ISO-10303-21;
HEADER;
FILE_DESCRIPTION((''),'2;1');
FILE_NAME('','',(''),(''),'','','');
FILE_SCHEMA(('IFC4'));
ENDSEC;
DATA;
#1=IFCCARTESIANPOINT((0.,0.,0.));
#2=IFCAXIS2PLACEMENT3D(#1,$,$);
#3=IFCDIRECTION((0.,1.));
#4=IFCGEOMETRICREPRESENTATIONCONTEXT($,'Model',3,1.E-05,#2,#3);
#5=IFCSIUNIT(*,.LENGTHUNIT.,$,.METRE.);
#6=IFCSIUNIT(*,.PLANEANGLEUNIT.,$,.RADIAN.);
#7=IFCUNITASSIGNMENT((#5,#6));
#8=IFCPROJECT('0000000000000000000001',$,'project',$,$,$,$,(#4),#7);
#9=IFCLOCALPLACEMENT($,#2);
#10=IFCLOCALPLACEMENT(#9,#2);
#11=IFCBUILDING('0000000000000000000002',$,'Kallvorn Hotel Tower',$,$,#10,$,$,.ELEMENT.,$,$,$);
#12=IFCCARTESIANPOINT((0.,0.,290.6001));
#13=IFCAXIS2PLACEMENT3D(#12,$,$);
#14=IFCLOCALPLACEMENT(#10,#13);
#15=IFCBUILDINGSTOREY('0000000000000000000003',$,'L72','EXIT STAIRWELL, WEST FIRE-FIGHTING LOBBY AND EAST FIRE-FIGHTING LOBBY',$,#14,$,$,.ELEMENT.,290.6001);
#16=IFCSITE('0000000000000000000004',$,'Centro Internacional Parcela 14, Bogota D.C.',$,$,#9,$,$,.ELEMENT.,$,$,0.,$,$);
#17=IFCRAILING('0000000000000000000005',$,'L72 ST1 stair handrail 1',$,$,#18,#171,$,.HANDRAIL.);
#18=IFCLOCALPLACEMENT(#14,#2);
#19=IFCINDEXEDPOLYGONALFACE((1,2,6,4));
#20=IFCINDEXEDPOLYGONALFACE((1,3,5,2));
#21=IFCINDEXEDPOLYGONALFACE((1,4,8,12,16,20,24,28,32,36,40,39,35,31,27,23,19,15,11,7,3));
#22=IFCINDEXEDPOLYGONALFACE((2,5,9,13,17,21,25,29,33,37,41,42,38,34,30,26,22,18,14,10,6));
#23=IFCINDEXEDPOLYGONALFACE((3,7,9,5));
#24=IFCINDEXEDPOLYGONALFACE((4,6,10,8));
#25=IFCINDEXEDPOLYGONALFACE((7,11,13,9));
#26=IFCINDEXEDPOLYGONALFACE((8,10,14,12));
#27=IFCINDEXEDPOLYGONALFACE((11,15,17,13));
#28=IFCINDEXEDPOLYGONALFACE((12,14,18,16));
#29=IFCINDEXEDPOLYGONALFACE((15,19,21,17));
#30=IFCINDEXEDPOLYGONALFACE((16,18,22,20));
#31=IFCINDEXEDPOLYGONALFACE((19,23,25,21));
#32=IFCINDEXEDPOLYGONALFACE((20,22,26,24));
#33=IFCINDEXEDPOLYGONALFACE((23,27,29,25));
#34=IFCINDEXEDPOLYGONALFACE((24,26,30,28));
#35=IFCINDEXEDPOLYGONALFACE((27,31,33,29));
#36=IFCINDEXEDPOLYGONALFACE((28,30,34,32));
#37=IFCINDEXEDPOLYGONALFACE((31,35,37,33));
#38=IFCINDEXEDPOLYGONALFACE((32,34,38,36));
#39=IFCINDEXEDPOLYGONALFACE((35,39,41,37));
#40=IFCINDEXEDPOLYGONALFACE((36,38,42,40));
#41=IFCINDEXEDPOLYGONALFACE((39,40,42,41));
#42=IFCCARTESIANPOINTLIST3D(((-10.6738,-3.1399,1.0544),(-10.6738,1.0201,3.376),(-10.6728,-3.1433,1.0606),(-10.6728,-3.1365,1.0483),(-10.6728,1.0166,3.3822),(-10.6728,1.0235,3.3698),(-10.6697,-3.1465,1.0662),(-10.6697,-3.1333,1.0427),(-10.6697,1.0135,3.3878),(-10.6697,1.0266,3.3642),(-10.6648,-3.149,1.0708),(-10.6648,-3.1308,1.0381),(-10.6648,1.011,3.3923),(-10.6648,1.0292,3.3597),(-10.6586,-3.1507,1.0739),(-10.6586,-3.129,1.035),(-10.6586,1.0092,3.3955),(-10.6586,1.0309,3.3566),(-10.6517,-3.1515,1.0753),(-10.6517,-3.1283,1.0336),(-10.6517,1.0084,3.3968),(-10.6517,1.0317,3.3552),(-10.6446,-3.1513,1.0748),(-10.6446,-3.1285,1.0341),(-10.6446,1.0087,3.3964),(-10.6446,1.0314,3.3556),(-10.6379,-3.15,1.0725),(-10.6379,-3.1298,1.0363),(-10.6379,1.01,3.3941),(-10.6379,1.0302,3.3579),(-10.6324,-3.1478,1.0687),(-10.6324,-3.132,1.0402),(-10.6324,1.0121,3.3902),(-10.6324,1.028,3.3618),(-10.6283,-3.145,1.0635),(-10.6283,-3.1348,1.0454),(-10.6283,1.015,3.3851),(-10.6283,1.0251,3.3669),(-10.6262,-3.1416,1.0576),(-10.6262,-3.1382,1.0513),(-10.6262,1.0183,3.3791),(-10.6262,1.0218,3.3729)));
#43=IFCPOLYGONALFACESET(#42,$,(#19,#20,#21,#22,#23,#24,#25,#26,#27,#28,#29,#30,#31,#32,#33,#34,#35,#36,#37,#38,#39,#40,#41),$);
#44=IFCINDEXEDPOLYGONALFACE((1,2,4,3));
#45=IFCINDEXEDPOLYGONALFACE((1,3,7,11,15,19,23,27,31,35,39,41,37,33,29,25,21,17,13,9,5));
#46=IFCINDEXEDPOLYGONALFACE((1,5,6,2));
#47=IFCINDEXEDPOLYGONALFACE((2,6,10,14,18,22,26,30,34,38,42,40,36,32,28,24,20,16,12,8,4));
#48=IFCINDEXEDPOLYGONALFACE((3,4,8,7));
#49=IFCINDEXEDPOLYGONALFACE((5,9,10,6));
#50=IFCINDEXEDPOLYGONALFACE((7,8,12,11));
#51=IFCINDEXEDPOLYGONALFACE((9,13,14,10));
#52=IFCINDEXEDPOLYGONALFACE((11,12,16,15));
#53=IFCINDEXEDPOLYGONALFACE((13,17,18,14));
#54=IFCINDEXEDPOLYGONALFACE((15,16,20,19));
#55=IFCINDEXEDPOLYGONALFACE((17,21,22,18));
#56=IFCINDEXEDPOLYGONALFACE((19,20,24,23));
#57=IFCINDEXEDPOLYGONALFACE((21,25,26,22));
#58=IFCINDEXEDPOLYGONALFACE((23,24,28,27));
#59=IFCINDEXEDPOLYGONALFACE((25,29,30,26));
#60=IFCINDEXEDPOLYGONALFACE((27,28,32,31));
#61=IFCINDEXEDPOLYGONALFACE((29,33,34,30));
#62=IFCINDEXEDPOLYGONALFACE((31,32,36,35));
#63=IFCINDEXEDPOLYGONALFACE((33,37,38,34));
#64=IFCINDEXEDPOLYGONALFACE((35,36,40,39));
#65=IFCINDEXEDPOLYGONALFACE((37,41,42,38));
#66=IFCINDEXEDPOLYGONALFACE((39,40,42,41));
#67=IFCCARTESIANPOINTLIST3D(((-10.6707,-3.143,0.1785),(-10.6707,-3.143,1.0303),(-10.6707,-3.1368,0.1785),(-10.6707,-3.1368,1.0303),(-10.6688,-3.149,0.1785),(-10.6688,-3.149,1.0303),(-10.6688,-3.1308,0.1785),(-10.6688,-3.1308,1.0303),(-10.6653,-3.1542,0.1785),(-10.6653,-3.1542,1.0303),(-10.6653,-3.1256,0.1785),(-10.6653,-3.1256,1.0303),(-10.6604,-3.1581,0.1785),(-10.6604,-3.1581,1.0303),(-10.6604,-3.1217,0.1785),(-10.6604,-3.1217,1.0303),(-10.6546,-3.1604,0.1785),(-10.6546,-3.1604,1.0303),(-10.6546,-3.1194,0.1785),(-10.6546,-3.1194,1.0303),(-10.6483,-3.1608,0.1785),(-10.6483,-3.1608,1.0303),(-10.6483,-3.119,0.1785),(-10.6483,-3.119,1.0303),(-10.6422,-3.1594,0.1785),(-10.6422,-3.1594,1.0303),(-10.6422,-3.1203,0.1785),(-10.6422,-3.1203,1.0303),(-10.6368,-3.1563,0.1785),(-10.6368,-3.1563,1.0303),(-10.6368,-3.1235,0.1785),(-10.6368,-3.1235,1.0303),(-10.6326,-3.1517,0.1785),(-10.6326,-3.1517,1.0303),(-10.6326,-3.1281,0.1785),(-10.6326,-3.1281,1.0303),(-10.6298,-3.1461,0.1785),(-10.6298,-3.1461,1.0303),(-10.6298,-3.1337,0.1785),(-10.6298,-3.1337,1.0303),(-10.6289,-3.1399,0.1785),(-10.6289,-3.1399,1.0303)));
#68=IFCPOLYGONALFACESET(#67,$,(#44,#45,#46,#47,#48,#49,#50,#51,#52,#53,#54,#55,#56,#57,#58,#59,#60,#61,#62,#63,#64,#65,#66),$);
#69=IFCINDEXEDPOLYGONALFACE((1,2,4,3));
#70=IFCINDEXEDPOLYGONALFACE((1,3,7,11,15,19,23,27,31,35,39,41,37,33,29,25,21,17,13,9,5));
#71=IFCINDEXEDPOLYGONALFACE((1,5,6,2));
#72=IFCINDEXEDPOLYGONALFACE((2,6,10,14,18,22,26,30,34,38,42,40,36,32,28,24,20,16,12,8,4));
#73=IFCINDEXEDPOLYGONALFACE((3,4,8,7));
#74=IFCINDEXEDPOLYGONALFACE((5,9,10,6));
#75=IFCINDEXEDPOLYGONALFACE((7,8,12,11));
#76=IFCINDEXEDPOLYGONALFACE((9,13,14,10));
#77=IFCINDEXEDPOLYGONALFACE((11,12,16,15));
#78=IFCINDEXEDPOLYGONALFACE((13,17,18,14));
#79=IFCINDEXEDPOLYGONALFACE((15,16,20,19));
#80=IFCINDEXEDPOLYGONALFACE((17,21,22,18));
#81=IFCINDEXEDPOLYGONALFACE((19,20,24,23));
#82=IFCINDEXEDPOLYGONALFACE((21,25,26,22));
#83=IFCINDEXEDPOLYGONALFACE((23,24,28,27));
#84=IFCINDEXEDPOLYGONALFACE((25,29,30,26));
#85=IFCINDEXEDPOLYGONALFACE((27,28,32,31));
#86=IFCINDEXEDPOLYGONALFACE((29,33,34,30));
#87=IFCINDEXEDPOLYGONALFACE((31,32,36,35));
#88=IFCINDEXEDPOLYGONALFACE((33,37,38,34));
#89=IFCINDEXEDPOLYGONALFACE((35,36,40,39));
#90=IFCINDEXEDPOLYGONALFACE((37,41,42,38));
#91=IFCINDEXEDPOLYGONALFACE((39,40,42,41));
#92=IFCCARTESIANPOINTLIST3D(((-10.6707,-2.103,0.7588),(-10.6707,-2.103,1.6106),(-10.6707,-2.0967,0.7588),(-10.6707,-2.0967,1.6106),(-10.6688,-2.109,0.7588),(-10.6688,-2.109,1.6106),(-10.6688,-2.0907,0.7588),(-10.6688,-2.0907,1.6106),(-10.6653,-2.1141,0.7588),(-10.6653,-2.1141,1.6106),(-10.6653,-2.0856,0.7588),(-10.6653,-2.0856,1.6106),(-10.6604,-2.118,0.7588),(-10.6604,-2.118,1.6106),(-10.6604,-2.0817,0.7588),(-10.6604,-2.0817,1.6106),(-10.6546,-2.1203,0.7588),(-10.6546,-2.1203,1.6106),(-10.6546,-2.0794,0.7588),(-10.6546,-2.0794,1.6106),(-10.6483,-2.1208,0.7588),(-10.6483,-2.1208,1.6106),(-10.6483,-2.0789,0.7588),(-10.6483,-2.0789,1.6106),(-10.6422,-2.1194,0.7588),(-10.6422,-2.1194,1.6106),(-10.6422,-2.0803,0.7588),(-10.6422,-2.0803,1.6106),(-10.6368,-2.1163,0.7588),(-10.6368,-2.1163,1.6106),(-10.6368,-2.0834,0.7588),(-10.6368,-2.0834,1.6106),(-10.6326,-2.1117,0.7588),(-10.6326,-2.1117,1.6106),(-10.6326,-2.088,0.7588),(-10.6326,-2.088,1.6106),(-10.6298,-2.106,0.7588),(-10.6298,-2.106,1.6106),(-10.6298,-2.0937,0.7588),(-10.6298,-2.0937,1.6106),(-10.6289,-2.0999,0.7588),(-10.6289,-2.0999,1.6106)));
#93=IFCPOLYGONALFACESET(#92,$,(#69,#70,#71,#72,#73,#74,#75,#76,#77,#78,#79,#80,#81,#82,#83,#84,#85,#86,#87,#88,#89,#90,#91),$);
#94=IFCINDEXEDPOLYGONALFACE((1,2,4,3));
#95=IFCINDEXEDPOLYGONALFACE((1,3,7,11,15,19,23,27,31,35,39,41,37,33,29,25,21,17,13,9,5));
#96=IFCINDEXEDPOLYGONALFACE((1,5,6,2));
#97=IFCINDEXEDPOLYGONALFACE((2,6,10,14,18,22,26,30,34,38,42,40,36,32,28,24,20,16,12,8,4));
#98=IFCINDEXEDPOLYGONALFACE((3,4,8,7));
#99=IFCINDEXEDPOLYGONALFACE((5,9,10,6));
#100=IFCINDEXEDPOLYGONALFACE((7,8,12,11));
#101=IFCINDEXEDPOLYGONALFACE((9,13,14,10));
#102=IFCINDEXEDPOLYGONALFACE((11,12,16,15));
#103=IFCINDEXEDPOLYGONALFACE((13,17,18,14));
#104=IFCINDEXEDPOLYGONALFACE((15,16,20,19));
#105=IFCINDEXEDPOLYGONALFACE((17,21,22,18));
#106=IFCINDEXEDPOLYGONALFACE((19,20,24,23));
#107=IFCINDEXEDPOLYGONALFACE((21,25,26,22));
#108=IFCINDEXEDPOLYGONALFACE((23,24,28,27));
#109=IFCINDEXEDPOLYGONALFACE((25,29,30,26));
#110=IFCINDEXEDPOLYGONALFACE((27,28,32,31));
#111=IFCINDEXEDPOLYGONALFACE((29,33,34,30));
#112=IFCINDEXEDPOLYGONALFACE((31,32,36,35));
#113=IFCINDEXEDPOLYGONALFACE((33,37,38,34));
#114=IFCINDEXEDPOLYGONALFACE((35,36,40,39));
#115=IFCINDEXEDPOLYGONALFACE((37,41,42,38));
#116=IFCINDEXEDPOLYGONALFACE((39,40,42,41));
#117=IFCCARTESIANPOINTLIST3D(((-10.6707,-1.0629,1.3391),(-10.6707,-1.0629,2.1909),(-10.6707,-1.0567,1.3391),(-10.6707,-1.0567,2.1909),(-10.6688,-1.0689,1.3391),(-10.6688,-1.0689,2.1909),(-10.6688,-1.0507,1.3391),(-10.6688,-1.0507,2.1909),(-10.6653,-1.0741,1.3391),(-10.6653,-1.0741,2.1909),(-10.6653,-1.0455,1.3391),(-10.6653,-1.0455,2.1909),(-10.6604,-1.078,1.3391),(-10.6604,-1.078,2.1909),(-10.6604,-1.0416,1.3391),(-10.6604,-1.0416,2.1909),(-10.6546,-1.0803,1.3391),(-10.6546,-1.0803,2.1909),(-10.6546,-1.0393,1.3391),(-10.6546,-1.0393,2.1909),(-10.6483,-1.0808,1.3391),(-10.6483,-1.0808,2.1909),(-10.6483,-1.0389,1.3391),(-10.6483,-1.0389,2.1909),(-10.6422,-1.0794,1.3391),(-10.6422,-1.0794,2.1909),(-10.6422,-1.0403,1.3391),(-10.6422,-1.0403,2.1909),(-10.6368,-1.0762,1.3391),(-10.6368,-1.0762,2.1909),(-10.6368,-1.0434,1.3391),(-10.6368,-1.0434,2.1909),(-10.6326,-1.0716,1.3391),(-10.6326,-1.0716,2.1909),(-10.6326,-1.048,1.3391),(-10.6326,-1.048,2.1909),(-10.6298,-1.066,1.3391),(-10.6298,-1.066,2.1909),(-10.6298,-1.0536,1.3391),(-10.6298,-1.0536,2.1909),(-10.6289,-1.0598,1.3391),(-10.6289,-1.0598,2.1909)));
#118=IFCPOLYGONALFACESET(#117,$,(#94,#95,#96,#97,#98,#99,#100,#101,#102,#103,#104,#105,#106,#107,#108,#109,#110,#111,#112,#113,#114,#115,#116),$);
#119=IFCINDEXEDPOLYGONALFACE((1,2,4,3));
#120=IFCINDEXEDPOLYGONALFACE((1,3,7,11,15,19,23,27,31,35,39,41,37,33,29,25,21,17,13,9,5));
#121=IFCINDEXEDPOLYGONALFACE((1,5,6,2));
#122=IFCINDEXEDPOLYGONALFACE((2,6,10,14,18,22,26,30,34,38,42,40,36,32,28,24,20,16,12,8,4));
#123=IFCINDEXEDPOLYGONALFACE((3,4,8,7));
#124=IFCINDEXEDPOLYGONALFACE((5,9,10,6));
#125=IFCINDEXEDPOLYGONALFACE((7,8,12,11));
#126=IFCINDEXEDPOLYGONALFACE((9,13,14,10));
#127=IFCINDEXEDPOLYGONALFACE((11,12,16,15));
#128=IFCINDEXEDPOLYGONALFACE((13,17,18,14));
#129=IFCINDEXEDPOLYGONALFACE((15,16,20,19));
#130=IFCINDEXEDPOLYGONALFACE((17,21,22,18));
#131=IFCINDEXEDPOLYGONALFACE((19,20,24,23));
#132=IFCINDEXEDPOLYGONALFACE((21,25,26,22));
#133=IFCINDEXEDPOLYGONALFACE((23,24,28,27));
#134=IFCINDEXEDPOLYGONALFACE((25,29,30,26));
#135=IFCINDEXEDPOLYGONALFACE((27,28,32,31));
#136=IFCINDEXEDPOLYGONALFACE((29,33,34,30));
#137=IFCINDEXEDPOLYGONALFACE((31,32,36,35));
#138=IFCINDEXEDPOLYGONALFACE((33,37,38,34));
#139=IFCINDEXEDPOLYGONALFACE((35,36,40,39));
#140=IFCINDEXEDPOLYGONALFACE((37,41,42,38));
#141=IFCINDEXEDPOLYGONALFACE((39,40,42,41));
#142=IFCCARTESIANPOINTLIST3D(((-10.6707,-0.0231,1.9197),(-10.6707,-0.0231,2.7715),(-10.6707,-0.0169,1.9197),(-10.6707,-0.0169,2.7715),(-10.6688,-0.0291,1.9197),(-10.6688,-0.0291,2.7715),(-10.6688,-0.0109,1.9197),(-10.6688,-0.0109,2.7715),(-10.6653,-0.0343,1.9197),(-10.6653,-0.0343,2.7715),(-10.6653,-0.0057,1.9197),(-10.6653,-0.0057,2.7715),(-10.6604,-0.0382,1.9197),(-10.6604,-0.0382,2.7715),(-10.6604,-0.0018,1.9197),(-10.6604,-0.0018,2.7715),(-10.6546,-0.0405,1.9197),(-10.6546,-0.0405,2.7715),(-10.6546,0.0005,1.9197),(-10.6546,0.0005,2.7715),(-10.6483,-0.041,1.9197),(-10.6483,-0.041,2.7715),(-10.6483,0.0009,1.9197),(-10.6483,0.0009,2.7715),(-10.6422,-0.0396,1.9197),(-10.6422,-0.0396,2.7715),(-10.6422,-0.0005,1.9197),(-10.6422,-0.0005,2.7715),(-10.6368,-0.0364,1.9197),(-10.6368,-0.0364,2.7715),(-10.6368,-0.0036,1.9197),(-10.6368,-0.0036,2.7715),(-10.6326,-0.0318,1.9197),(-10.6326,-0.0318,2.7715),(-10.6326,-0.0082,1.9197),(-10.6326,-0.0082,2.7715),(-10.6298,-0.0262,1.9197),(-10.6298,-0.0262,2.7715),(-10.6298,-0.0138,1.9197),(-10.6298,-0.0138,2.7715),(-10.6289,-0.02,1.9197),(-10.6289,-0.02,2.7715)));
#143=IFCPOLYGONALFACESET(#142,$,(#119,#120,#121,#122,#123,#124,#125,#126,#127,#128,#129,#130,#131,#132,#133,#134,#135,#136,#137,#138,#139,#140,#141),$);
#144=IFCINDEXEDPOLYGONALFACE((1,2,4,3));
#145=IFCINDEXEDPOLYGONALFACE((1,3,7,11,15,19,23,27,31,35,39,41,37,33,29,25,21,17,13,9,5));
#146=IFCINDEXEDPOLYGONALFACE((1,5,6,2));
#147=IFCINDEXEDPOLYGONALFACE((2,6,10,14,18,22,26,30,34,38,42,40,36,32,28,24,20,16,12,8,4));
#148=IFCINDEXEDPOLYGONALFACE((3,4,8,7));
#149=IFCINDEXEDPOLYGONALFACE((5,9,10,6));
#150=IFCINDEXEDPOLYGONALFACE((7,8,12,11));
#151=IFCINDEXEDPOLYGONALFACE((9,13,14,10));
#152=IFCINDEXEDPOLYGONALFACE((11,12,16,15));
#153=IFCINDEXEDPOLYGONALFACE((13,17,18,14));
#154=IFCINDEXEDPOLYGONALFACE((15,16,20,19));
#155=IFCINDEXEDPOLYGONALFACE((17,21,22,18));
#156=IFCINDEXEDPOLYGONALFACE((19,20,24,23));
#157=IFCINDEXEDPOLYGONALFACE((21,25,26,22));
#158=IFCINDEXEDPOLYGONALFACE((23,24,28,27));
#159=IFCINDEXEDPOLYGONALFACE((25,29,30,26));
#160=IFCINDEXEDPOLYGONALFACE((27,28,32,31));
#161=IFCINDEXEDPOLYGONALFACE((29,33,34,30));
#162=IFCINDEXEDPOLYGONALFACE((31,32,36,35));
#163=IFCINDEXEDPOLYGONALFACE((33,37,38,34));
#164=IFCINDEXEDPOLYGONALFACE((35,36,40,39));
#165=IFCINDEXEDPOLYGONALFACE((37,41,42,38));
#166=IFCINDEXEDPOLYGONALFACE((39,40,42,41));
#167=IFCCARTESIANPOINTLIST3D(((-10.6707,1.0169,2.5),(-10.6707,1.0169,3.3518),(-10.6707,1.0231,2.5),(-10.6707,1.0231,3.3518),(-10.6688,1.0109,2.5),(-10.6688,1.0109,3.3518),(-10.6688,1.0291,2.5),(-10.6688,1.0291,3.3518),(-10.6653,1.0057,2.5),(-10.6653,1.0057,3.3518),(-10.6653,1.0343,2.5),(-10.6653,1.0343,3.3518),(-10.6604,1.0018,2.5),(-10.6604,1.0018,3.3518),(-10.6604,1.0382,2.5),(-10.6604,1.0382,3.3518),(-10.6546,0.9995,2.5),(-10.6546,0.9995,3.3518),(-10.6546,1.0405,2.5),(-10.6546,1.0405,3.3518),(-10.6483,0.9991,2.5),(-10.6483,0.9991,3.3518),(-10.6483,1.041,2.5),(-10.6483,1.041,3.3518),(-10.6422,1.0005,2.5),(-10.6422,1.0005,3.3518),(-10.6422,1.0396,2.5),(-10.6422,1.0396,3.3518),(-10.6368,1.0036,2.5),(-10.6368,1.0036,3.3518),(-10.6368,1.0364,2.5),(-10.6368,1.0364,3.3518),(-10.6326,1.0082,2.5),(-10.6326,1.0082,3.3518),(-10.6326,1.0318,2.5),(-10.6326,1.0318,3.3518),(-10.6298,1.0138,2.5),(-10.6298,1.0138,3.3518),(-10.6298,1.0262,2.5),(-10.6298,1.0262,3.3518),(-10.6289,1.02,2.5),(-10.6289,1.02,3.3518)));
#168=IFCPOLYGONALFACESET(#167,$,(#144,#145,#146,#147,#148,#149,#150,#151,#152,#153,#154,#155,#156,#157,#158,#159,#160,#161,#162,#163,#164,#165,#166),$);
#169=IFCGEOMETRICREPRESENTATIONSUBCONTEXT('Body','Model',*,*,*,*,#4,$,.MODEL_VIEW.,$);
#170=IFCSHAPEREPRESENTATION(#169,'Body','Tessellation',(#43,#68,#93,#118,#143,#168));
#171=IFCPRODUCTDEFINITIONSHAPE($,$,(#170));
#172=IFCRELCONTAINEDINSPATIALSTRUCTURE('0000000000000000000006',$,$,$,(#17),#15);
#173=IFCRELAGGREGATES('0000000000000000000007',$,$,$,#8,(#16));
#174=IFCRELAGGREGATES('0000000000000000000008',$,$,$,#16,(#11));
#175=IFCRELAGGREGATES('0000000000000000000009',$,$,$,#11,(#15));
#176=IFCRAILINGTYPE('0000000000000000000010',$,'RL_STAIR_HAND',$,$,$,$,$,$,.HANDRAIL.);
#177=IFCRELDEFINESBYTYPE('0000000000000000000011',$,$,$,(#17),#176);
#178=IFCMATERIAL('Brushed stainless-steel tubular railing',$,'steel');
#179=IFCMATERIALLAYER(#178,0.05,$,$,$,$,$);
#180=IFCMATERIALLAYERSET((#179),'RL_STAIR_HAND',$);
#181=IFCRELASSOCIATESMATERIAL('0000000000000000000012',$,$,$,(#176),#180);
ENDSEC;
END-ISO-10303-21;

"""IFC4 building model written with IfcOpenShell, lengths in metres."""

from ifc_helpers import new_model, si_unit, direction, frame, origin, origin_2d, place, context, subcontext, project, spatial, circle, extrude, material, layer, layer_set, type_object, element, save


model = new_model("IFC4")

# Units and contexts
model_context = context("Model", 3, precision=1e-05, world=origin(), true_north=direction((0.0, 1.0)))
body_context = subcontext(model_context, "Body", "Model", "MODEL_VIEW")
ifc_project = project(units=[si_unit("LENGTHUNIT", "METRE"), si_unit("PLANEANGLEUNIT", "RADIAN")], contexts=[model_context])

# Site, building, storey
site_placement = place(None, origin())
site = spatial("IfcSite", under=ifc_project, at=site_placement, Name="Centro Internacional Parcela 14, Bogota D.C.", CompositionType="ELEMENT", RefElevation=0.0)
building_placement = place(site_placement, origin())
building = spatial("IfcBuilding", under=site, at=building_placement, Name="Kallvorn Hotel Tower", CompositionType="ELEMENT")
storey_placement = place(building_placement, frame((0.0, 0.0, 290.6001)))
storey = spatial("IfcBuildingStorey", under=building, at=storey_placement, Name="L72", Description="EXIT STAIRWELL, WEST FIRE-FIGHTING LOBBY AND EAST FIRE-FIGHTING LOBBY", CompositionType="ELEMENT", Elevation=290.6001)

# Railing
ifc_material_1 = material(Name="Brushed stainless-steel tubular railing", Category="steel")
ifc_layer_1 = layer(ifc_material_1, 0.05)
ifc_layer_set_1 = layer_set([ifc_layer_1], Name="RL_STAIR_HAND")
railing_type_1 = type_object("IfcRailingType", Name="RL_STAIR_HAND", PredefinedType="HANDRAIL", material=ifc_layer_set_1)
railing_1_placement = place(storey_placement, frame((-10.6499, -3.1399, 0.1785)))
element("IfcRailing", 1, at=railing_1_placement, inside=storey, type_object=railing_type_1, Name="L72 ST1 stair handrail 1", PredefinedType="HANDRAIL", context=body_context, shape_type="SweptSolid", body=[
    extrude(circle(Radius=0.0239, at=origin_2d()), frame((0.0, 0.0, 0.876), z_axis=(0.0, 0.873223, 0.487322), x_axis=(-1.0, 0.0, 0.0)), (0.0, 0.0, 1.0), 4.7639),
    extrude(circle(Radius=0.021, at=origin_2d()), origin(), (0.0, 0.0, 1.0), 0.8518),
    extrude(circle(Radius=0.021, at=origin_2d()), frame((0.0, 1.04, 0.5803)), (0.0, 0.0, 1.0), 0.8518),
    extrude(circle(Radius=0.021, at=origin_2d()), frame((0.0, 2.0801, 1.1606)), (0.0, 0.0, 1.0), 0.8518),
    extrude(circle(Radius=0.021, at=origin_2d()), frame((0.0, 3.1199, 1.7412)), (0.0, 0.0, 1.0), 0.8518),
    extrude(circle(Radius=0.021, at=origin_2d()), frame((0.0, 4.1599, 2.3215)), (0.0, 0.0, 1.0), 0.8518),
])

save(model, "model.ifc")
